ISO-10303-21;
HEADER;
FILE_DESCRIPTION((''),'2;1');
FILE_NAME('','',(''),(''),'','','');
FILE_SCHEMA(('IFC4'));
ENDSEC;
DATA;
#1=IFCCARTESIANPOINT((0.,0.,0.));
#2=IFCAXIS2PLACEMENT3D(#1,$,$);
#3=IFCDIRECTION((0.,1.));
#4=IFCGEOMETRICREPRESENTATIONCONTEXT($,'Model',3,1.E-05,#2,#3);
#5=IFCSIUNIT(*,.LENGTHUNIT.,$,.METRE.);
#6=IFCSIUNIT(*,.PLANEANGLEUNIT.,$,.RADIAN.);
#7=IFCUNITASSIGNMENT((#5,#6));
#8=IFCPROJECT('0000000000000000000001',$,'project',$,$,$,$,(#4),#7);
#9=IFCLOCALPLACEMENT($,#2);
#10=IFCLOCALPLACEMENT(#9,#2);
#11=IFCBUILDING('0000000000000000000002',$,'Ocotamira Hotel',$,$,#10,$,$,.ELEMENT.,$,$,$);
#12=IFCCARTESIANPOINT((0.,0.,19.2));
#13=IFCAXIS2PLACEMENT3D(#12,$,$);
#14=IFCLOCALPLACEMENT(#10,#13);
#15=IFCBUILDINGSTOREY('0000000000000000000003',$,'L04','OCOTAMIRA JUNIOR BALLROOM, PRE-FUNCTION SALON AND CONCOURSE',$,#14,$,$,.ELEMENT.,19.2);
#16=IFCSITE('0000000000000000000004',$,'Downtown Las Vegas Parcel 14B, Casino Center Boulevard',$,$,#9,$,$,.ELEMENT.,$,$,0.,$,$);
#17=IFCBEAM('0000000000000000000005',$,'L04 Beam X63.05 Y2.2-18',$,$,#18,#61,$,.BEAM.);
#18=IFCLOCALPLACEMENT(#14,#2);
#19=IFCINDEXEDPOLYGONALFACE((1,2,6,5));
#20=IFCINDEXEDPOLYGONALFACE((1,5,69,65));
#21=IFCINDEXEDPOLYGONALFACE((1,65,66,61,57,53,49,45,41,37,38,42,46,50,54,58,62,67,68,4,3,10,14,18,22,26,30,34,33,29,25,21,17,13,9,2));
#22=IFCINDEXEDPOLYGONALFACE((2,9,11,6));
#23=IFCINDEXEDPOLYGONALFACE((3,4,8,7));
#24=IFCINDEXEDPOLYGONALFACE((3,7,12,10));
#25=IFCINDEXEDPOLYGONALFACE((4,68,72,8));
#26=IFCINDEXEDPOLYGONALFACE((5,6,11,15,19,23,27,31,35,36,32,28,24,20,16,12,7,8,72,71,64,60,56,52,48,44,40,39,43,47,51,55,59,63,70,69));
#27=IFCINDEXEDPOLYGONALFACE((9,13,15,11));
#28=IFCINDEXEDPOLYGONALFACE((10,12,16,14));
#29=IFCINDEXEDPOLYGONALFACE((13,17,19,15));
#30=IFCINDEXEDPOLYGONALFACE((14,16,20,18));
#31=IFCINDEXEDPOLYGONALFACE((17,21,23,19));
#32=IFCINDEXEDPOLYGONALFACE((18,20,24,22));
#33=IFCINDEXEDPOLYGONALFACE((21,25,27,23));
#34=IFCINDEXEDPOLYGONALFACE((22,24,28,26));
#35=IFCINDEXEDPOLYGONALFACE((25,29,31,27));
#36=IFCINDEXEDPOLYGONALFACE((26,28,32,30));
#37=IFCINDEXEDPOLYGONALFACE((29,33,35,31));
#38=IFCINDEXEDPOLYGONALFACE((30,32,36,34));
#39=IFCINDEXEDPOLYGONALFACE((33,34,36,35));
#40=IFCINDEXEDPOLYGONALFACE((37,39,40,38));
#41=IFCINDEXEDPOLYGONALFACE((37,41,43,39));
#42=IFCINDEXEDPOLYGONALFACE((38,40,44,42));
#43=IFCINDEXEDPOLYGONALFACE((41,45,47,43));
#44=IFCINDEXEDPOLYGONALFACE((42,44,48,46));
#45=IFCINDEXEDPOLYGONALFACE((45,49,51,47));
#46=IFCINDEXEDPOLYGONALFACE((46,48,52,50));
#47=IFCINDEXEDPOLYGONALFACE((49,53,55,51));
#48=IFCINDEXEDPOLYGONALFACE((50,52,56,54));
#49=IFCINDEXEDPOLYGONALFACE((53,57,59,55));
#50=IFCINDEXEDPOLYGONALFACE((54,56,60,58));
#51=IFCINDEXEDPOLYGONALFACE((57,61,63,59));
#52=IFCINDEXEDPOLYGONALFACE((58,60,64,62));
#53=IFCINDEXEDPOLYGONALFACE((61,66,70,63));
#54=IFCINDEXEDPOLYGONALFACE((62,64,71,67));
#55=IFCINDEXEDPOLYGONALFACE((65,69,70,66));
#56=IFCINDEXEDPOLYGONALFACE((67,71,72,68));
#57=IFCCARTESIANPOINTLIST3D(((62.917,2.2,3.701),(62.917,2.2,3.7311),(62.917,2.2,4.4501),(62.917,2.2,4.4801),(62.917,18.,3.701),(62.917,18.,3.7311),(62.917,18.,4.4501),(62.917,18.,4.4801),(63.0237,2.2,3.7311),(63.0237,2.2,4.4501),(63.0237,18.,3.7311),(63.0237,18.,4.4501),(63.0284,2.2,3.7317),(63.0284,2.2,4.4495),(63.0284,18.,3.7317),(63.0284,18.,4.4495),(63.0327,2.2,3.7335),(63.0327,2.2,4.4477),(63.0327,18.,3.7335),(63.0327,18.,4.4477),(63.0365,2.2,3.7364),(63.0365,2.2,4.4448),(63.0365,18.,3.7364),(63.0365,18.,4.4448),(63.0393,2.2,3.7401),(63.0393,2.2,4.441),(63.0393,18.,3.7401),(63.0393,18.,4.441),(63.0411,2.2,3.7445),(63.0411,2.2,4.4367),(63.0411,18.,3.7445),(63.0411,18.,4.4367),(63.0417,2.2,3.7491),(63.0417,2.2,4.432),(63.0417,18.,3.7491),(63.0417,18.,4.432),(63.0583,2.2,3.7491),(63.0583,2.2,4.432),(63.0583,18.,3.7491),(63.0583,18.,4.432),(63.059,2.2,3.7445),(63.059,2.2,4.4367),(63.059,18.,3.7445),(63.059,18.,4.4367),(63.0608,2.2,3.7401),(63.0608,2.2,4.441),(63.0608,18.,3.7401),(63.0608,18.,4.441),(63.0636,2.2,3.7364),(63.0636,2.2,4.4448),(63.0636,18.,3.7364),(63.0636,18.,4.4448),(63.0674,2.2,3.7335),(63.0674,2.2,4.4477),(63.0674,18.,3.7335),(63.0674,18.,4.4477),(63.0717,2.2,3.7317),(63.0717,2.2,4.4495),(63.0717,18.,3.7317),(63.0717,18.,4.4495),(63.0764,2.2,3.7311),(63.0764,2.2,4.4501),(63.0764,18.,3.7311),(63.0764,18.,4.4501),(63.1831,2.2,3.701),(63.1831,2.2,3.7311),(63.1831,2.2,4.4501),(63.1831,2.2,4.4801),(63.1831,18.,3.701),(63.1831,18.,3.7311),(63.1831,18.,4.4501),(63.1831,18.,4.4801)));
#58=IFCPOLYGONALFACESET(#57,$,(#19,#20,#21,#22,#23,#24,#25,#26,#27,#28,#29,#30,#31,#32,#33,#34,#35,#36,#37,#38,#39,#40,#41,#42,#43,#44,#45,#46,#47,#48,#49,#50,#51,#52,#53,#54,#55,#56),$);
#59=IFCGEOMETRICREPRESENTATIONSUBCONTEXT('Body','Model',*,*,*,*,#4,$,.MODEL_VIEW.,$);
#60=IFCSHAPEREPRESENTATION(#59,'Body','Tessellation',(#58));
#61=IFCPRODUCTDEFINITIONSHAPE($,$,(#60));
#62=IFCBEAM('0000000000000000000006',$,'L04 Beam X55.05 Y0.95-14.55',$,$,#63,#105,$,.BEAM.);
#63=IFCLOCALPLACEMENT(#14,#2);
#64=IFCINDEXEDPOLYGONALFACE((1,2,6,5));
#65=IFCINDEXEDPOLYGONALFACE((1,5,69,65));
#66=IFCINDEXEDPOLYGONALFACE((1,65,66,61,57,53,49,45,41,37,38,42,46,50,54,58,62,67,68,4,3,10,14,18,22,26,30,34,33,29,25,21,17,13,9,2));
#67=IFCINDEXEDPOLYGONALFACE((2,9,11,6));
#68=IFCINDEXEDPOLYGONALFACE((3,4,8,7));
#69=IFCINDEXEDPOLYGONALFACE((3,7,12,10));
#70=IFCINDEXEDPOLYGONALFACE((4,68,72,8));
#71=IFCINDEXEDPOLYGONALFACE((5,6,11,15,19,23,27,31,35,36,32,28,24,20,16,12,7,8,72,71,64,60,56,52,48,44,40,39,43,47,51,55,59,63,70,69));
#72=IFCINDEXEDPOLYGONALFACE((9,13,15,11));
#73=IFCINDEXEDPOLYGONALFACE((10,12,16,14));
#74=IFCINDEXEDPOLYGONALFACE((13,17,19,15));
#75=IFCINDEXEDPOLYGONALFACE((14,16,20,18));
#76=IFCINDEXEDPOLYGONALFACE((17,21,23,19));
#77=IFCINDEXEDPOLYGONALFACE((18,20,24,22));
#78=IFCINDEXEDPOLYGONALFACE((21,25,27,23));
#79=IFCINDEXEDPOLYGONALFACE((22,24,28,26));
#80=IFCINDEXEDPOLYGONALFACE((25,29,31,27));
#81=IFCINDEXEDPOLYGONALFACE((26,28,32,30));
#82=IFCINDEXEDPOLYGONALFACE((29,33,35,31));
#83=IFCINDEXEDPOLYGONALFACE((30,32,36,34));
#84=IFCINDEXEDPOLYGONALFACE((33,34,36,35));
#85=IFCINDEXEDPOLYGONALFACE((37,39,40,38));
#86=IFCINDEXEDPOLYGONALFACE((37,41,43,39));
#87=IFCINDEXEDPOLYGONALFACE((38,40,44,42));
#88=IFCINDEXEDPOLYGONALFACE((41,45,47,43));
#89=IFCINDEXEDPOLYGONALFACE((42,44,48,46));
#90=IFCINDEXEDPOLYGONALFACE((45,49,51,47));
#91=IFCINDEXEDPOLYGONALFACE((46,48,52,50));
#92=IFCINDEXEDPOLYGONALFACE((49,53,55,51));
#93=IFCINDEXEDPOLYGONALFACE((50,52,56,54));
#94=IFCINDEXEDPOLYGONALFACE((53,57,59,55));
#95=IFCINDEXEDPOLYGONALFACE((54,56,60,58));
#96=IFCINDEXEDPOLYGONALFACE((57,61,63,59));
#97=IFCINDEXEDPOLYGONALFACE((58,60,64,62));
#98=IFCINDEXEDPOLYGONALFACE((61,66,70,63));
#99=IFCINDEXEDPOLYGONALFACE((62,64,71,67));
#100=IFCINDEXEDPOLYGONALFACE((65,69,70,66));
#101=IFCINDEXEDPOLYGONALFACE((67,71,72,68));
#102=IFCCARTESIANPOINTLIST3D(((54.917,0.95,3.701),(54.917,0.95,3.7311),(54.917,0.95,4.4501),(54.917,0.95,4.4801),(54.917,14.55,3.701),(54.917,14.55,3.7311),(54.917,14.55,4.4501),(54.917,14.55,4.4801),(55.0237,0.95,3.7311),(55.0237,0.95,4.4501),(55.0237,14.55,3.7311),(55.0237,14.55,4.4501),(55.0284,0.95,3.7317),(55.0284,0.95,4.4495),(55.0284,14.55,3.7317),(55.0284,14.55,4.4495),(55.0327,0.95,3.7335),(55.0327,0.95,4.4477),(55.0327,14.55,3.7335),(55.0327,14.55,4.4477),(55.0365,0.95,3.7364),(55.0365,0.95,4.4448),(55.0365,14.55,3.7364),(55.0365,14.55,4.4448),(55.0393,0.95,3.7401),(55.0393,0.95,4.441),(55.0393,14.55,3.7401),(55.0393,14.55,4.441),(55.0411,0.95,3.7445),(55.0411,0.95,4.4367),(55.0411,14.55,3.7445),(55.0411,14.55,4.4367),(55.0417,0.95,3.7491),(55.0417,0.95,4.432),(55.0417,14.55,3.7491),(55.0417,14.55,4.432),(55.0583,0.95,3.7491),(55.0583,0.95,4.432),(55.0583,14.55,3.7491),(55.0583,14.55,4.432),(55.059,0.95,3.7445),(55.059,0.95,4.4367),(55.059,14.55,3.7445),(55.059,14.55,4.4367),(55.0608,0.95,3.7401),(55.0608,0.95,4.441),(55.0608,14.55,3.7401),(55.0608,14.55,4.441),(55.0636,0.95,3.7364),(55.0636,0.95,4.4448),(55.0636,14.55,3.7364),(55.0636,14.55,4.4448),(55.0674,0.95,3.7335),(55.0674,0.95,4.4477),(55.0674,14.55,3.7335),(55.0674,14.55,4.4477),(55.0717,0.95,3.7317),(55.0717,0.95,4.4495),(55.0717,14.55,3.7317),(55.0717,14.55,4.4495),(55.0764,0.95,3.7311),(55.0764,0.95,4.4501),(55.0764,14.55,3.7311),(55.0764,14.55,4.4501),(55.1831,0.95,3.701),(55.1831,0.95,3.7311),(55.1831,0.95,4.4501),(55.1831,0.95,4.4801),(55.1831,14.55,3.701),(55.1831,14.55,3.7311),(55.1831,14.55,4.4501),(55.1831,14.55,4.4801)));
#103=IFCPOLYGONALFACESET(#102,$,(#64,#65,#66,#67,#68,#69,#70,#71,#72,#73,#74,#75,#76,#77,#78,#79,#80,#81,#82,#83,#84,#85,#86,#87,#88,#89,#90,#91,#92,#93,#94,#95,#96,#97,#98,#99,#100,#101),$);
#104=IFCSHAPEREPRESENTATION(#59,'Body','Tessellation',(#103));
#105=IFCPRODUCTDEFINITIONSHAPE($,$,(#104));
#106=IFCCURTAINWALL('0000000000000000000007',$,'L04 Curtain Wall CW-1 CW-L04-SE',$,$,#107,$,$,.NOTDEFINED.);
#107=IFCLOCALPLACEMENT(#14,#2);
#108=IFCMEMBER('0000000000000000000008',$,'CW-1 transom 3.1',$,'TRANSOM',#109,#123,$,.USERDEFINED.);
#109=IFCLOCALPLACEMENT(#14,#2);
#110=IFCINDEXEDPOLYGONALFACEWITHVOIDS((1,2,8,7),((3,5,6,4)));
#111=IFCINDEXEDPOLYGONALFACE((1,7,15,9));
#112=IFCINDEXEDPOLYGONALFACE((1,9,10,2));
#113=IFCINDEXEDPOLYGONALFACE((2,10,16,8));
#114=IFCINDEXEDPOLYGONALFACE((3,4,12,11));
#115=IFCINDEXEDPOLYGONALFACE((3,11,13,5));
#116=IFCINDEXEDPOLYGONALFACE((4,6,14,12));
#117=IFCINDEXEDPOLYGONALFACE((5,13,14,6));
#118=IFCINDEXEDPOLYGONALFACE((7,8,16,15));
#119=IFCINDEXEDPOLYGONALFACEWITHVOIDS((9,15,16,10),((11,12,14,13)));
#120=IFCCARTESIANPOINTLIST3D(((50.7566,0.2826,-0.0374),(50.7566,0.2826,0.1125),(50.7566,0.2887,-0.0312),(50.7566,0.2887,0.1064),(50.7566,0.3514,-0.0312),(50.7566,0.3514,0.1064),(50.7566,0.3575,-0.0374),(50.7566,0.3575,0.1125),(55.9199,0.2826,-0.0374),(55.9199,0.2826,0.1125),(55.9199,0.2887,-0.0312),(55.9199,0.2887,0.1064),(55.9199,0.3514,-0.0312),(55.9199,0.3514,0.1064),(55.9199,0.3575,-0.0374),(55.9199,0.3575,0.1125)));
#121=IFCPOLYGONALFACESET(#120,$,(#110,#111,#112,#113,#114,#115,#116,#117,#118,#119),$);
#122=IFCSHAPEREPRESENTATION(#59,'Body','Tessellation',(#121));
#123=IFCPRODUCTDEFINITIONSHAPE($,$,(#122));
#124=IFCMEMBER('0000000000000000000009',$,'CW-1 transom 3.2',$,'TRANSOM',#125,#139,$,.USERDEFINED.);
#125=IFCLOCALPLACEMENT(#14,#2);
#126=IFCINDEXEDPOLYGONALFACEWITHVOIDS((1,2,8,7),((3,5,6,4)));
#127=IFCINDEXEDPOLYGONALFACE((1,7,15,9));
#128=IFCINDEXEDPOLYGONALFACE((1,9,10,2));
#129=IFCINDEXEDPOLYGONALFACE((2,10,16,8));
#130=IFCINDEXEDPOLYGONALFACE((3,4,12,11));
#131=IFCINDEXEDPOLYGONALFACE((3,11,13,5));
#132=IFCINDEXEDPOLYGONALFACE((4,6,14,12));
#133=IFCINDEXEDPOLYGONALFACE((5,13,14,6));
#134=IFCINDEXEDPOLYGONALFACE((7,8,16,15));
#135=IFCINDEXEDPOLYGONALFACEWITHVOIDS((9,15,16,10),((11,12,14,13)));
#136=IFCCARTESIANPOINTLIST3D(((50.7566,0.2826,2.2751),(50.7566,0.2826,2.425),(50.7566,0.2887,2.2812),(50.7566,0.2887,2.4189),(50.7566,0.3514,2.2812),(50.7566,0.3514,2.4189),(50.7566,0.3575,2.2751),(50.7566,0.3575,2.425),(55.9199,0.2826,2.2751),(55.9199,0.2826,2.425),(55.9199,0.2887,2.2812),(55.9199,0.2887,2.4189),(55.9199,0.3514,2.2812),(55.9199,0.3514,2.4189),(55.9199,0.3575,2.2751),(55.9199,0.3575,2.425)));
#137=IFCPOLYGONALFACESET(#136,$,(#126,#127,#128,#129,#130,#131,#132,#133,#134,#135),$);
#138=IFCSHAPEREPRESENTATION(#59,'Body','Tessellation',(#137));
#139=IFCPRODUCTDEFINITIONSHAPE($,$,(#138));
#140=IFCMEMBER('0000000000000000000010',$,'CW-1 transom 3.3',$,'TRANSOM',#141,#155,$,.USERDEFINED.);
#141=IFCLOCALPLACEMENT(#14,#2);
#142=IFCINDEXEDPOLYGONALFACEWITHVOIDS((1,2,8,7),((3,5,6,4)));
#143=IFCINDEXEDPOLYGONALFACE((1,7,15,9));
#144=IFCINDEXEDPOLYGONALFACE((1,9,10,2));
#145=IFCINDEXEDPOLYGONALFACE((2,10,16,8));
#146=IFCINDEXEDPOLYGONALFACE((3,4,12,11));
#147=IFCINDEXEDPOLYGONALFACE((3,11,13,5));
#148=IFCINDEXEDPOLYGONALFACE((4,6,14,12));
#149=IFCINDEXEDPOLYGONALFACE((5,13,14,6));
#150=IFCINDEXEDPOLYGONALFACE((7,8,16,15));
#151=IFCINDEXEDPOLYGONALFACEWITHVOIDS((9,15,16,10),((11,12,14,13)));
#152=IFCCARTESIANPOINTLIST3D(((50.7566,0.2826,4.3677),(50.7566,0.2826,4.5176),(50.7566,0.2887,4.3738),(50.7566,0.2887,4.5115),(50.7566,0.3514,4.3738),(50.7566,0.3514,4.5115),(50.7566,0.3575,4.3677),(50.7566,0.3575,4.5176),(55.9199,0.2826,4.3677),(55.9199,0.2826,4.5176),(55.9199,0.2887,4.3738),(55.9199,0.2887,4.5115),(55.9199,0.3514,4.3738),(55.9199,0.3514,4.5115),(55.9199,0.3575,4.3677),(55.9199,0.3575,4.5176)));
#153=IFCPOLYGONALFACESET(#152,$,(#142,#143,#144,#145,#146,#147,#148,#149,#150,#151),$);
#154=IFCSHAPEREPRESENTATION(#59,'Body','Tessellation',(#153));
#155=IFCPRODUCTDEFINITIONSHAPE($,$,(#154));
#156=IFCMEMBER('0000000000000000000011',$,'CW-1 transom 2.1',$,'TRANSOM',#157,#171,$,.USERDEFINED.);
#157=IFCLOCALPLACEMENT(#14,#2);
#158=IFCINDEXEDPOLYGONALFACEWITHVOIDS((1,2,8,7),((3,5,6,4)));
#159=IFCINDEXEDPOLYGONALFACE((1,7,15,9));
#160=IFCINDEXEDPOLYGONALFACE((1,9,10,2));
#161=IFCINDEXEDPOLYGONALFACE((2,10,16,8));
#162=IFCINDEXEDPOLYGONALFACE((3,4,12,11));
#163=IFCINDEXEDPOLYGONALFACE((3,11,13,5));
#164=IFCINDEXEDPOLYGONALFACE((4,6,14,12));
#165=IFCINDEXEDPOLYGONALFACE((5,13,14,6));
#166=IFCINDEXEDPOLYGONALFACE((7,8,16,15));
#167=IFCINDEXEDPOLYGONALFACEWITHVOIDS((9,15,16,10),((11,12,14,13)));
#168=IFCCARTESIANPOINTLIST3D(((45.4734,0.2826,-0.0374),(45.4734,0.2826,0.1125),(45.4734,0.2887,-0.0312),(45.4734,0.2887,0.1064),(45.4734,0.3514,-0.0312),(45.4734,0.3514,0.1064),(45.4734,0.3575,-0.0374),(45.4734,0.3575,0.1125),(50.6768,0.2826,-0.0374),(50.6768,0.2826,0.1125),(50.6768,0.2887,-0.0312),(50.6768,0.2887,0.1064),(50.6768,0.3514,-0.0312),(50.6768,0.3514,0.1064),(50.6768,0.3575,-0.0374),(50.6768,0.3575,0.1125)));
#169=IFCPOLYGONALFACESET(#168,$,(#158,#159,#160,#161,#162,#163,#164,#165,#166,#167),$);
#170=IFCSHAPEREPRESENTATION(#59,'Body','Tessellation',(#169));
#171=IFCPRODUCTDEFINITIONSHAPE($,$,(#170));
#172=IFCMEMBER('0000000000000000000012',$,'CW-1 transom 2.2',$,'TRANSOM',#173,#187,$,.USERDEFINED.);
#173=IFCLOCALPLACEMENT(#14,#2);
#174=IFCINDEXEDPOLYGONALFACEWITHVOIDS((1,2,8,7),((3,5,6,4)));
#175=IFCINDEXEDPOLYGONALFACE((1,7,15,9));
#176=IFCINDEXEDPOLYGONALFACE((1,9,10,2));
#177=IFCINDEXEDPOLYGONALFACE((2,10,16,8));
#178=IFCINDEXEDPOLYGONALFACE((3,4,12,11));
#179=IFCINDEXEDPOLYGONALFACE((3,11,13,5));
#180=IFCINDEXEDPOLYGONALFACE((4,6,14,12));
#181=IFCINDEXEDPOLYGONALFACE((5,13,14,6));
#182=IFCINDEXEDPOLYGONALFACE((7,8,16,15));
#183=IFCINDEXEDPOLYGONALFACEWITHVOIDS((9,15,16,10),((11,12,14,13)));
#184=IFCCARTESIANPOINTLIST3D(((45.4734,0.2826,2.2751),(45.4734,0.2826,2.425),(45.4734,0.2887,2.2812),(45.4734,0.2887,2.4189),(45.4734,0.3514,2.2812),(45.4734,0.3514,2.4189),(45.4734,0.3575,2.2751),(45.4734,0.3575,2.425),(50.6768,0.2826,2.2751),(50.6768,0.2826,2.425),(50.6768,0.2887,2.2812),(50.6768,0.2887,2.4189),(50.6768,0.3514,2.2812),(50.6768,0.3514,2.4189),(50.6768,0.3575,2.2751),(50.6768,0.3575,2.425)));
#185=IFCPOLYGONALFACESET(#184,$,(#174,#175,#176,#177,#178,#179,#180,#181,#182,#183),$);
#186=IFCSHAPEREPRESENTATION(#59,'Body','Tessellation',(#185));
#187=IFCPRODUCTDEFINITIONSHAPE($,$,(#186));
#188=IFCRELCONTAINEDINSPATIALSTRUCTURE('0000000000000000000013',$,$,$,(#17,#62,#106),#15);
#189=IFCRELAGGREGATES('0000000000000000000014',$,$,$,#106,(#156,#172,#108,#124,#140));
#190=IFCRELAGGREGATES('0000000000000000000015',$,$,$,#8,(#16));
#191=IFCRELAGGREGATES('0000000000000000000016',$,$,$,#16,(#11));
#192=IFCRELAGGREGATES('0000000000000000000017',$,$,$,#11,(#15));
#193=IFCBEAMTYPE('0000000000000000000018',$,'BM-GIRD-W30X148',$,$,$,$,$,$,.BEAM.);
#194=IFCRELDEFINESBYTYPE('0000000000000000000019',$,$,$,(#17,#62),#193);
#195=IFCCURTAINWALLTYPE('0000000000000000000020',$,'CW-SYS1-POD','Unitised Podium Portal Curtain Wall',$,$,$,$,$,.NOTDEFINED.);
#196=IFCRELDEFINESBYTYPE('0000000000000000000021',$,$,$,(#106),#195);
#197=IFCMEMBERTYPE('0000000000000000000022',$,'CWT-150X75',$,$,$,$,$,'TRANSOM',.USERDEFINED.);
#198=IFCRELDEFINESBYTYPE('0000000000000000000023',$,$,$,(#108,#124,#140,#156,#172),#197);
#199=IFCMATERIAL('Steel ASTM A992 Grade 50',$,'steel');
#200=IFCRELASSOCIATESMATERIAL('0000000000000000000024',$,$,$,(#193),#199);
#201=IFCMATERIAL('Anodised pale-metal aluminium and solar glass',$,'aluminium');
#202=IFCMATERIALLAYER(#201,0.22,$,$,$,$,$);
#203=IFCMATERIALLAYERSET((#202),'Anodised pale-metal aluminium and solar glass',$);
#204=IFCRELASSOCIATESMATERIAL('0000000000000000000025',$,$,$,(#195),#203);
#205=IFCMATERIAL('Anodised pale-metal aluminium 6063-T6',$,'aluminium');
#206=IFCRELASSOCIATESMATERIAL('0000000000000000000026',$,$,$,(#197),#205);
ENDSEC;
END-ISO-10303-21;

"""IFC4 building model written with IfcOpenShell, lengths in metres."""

from ifc_helpers import new_model, si_unit, direction, frame, origin, origin_2d, place, context, subcontext, project, spatial, hollow_rectangle, i_section, extrude, source, transform, mapped, material, layer, layer_set, material_profile, profile_set, type_object, element, aggregate, save


model = new_model("IFC4")

# Units and contexts
model_context = context("Model", 3, precision=1e-05, world=origin(), true_north=direction((0.0, 1.0)))
body_context = subcontext(model_context, "Body", "Model", "MODEL_VIEW")
ifc_project = project(units=[si_unit("LENGTHUNIT", "METRE"), si_unit("PLANEANGLEUNIT", "RADIAN")], contexts=[model_context])

# Site, building, storey
site_placement = place(None, origin())
site = spatial("IfcSite", under=ifc_project, at=site_placement, Name="Downtown Las Vegas Parcel 14B, Casino Center Boulevard", CompositionType="ELEMENT", RefElevation=0.0)
building_placement = place(site_placement, origin())
building = spatial("IfcBuilding", under=site, at=building_placement, Name="Ocotamira Hotel", CompositionType="ELEMENT")
storey_placement = place(building_placement, frame((0.0, 0.0, 19.2)))
storey = spatial("IfcBuildingStorey", under=building, at=storey_placement, Name="L04", Description="OCOTAMIRA JUNIOR BALLROOM, PRE-FUNCTION SALON AND CONCOURSE", CompositionType="ELEMENT", Elevation=19.2)

# Beams
ifc_material_1 = material(Name="Steel ASTM A992 Grade 50", Category="steel")
ifc_material_profile_1 = material_profile(ifc_material_1, i_section(OverallWidth=0.2661, OverallDepth=0.7791, WebThickness=0.0166, FlangeThickness=0.03, FilletRadius=0.0181, at=origin_2d()), Name="W30X148")
ifc_profile_set_1 = profile_set([ifc_material_profile_1], Name="Steel ASTM A992 Grade 50")
beam_type_1 = type_object("IfcBeamType", Name="BM-GIRD-W30X148", PredefinedType="BEAM", material=ifc_profile_set_1)
shared_shape_1 = source(origin(), body_context, "Body", "SweptSolid", [
    extrude(i_section(OverallWidth=0.2661, OverallDepth=0.7791, WebThickness=0.0166, FlangeThickness=0.03, FilletRadius=0.0181, at=origin_2d()), origin(), (0.0, 0.0, 1.0), 15.8),
])
beam_1_placement = place(storey_placement, frame((63.05, 2.2, 4.0906), z_axis=(0.0, 1.0, 0.0), x_axis=(-1.0, 0.0, 0.0)))
element("IfcBeam", 1, at=beam_1_placement, inside=storey, type_object=beam_type_1, Name="L04 Beam X63.05 Y2.2-18", PredefinedType="BEAM", context=body_context, shape_type="MappedRepresentation", body=[
    mapped(shared_shape_1, transform((0.0, 0.0, 0.0), scale=1.0)),
])
shared_shape_2 = source(origin(), body_context, "Body", "SweptSolid", [
    extrude(i_section(OverallWidth=0.2661, OverallDepth=0.7791, WebThickness=0.0166, FlangeThickness=0.03, FilletRadius=0.0181, at=origin_2d()), origin(), (0.0, 0.0, 1.0), 13.6001),
])
beam_2_placement = place(storey_placement, frame((55.05, 0.95, 4.0906), z_axis=(0.0, 1.0, 0.0), x_axis=(-1.0, 0.0, 0.0)))
element("IfcBeam", 2, at=beam_2_placement, inside=storey, type_object=beam_type_1, Name="L04 Beam X55.05 Y0.95-14.55", PredefinedType="BEAM", context=body_context, shape_type="MappedRepresentation", body=[
    mapped(shared_shape_2, transform((0.0, 0.0, 0.0), scale=1.0)),
])

# Curtain wall, members
ifc_material_2 = material(Name="Anodised pale-metal aluminium and solar glass", Category="aluminium")
ifc_layer_1 = layer(ifc_material_2, 0.22)
ifc_layer_set_1 = layer_set([ifc_layer_1], Name="Anodised pale-metal aluminium and solar glass")
curtain_wall_type = type_object("IfcCurtainWallType", Name="CW-SYS1-POD", Description="Unitised Podium Portal Curtain Wall", PredefinedType="NOTDEFINED", material=ifc_layer_set_1)
curtain_wall_placement = place(storey_placement, origin())
curtain_wall = element("IfcCurtainWall", 3, at=curtain_wall_placement, inside=storey, type_object=curtain_wall_type, Name="L04 Curtain Wall CW-1 CW-L04-SE", PredefinedType="NOTDEFINED")
ifc_material_3 = material(Name="Anodised pale-metal aluminium 6063-T6", Category="aluminium")
ifc_material_profile_2 = material_profile(ifc_material_3, hollow_rectangle(XDim=0.075, YDim=0.1499, WallThickness=0.0061, at=origin_2d()), Name="HSS150X75X6")
ifc_profile_set_2 = profile_set([ifc_material_profile_2], Name="Anodised pale-metal aluminium 6063-T6")
member_type_1 = type_object("IfcMemberType", Name="CWT-150X75", ElementType="TRANSOM", PredefinedType="USERDEFINED", material=ifc_profile_set_2)
shared_shape_3 = source(origin(), body_context, "Body", "SweptSolid", [
    extrude(hollow_rectangle(XDim=0.075, YDim=0.1499, WallThickness=0.0061, at=origin_2d()), origin(), (0.0, 0.0, 1.0), 5.1633),
])
member_1_placement = place(storey_placement, frame((50.7566, 0.3201, 0.0376), z_axis=(1.0, 0.0, 0.0), x_axis=(0.0, 1.0, 0.0)))
member_1 = element("IfcMember", 4, at=member_1_placement, type_object=member_type_1, Name="CW-1 transom 3.1", ObjectType="TRANSOM", PredefinedType="USERDEFINED", context=body_context, shape_type="MappedRepresentation", body=[
    mapped(shared_shape_3, transform((0.0, 0.0, 0.0), scale=1.0)),
])
member_2_placement = place(storey_placement, frame((50.7566, 0.3201, 2.3501), z_axis=(1.0, 0.0, 0.0), x_axis=(0.0, 1.0, 0.0)))
member_2 = element("IfcMember", 5, at=member_2_placement, type_object=member_type_1, Name="CW-1 transom 3.2", ObjectType="TRANSOM", PredefinedType="USERDEFINED", context=body_context, shape_type="MappedRepresentation", body=[
    mapped(shared_shape_3, transform((0.0, 0.0, 0.0), scale=1.0)),
])
member_3_placement = place(storey_placement, frame((50.7566, 0.3201, 4.4426), z_axis=(1.0, 0.0, 0.0), x_axis=(0.0, 1.0, 0.0)))
member_3 = element("IfcMember", 6, at=member_3_placement, type_object=member_type_1, Name="CW-1 transom 3.3", ObjectType="TRANSOM", PredefinedType="USERDEFINED", context=body_context, shape_type="MappedRepresentation", body=[
    mapped(shared_shape_3, transform((0.0, 0.0, 0.0), scale=1.0)),
])
shared_shape_4 = source(origin(), body_context, "Body", "SweptSolid", [
    extrude(hollow_rectangle(XDim=0.075, YDim=0.1499, WallThickness=0.0061, at=origin_2d()), origin(), (0.0, 0.0, 1.0), 5.2034),
])
member_4_placement = place(storey_placement, frame((45.4734, 0.3201, 0.0376), z_axis=(1.0, 0.0, 0.0), x_axis=(0.0, 1.0, 0.0)))
member_4 = element("IfcMember", 7, at=member_4_placement, type_object=member_type_1, Name="CW-1 transom 2.1", ObjectType="TRANSOM", PredefinedType="USERDEFINED", context=body_context, shape_type="MappedRepresentation", body=[
    mapped(shared_shape_4, transform((0.0, 0.0, 0.0), scale=1.0)),
])
member_5_placement = place(storey_placement, frame((45.4734, 0.3201, 2.3501), z_axis=(1.0, 0.0, 0.0), x_axis=(0.0, 1.0, 0.0)))
member_5 = element("IfcMember", 8, at=member_5_placement, type_object=member_type_1, Name="CW-1 transom 2.2", ObjectType="TRANSOM", PredefinedType="USERDEFINED", context=body_context, shape_type="MappedRepresentation", body=[
    mapped(shared_shape_4, transform((0.0, 0.0, 0.0), scale=1.0)),
])
aggregate(curtain_wall, [member_4, member_5, member_1, member_2, member_3])

save(model, "model.ifc")
